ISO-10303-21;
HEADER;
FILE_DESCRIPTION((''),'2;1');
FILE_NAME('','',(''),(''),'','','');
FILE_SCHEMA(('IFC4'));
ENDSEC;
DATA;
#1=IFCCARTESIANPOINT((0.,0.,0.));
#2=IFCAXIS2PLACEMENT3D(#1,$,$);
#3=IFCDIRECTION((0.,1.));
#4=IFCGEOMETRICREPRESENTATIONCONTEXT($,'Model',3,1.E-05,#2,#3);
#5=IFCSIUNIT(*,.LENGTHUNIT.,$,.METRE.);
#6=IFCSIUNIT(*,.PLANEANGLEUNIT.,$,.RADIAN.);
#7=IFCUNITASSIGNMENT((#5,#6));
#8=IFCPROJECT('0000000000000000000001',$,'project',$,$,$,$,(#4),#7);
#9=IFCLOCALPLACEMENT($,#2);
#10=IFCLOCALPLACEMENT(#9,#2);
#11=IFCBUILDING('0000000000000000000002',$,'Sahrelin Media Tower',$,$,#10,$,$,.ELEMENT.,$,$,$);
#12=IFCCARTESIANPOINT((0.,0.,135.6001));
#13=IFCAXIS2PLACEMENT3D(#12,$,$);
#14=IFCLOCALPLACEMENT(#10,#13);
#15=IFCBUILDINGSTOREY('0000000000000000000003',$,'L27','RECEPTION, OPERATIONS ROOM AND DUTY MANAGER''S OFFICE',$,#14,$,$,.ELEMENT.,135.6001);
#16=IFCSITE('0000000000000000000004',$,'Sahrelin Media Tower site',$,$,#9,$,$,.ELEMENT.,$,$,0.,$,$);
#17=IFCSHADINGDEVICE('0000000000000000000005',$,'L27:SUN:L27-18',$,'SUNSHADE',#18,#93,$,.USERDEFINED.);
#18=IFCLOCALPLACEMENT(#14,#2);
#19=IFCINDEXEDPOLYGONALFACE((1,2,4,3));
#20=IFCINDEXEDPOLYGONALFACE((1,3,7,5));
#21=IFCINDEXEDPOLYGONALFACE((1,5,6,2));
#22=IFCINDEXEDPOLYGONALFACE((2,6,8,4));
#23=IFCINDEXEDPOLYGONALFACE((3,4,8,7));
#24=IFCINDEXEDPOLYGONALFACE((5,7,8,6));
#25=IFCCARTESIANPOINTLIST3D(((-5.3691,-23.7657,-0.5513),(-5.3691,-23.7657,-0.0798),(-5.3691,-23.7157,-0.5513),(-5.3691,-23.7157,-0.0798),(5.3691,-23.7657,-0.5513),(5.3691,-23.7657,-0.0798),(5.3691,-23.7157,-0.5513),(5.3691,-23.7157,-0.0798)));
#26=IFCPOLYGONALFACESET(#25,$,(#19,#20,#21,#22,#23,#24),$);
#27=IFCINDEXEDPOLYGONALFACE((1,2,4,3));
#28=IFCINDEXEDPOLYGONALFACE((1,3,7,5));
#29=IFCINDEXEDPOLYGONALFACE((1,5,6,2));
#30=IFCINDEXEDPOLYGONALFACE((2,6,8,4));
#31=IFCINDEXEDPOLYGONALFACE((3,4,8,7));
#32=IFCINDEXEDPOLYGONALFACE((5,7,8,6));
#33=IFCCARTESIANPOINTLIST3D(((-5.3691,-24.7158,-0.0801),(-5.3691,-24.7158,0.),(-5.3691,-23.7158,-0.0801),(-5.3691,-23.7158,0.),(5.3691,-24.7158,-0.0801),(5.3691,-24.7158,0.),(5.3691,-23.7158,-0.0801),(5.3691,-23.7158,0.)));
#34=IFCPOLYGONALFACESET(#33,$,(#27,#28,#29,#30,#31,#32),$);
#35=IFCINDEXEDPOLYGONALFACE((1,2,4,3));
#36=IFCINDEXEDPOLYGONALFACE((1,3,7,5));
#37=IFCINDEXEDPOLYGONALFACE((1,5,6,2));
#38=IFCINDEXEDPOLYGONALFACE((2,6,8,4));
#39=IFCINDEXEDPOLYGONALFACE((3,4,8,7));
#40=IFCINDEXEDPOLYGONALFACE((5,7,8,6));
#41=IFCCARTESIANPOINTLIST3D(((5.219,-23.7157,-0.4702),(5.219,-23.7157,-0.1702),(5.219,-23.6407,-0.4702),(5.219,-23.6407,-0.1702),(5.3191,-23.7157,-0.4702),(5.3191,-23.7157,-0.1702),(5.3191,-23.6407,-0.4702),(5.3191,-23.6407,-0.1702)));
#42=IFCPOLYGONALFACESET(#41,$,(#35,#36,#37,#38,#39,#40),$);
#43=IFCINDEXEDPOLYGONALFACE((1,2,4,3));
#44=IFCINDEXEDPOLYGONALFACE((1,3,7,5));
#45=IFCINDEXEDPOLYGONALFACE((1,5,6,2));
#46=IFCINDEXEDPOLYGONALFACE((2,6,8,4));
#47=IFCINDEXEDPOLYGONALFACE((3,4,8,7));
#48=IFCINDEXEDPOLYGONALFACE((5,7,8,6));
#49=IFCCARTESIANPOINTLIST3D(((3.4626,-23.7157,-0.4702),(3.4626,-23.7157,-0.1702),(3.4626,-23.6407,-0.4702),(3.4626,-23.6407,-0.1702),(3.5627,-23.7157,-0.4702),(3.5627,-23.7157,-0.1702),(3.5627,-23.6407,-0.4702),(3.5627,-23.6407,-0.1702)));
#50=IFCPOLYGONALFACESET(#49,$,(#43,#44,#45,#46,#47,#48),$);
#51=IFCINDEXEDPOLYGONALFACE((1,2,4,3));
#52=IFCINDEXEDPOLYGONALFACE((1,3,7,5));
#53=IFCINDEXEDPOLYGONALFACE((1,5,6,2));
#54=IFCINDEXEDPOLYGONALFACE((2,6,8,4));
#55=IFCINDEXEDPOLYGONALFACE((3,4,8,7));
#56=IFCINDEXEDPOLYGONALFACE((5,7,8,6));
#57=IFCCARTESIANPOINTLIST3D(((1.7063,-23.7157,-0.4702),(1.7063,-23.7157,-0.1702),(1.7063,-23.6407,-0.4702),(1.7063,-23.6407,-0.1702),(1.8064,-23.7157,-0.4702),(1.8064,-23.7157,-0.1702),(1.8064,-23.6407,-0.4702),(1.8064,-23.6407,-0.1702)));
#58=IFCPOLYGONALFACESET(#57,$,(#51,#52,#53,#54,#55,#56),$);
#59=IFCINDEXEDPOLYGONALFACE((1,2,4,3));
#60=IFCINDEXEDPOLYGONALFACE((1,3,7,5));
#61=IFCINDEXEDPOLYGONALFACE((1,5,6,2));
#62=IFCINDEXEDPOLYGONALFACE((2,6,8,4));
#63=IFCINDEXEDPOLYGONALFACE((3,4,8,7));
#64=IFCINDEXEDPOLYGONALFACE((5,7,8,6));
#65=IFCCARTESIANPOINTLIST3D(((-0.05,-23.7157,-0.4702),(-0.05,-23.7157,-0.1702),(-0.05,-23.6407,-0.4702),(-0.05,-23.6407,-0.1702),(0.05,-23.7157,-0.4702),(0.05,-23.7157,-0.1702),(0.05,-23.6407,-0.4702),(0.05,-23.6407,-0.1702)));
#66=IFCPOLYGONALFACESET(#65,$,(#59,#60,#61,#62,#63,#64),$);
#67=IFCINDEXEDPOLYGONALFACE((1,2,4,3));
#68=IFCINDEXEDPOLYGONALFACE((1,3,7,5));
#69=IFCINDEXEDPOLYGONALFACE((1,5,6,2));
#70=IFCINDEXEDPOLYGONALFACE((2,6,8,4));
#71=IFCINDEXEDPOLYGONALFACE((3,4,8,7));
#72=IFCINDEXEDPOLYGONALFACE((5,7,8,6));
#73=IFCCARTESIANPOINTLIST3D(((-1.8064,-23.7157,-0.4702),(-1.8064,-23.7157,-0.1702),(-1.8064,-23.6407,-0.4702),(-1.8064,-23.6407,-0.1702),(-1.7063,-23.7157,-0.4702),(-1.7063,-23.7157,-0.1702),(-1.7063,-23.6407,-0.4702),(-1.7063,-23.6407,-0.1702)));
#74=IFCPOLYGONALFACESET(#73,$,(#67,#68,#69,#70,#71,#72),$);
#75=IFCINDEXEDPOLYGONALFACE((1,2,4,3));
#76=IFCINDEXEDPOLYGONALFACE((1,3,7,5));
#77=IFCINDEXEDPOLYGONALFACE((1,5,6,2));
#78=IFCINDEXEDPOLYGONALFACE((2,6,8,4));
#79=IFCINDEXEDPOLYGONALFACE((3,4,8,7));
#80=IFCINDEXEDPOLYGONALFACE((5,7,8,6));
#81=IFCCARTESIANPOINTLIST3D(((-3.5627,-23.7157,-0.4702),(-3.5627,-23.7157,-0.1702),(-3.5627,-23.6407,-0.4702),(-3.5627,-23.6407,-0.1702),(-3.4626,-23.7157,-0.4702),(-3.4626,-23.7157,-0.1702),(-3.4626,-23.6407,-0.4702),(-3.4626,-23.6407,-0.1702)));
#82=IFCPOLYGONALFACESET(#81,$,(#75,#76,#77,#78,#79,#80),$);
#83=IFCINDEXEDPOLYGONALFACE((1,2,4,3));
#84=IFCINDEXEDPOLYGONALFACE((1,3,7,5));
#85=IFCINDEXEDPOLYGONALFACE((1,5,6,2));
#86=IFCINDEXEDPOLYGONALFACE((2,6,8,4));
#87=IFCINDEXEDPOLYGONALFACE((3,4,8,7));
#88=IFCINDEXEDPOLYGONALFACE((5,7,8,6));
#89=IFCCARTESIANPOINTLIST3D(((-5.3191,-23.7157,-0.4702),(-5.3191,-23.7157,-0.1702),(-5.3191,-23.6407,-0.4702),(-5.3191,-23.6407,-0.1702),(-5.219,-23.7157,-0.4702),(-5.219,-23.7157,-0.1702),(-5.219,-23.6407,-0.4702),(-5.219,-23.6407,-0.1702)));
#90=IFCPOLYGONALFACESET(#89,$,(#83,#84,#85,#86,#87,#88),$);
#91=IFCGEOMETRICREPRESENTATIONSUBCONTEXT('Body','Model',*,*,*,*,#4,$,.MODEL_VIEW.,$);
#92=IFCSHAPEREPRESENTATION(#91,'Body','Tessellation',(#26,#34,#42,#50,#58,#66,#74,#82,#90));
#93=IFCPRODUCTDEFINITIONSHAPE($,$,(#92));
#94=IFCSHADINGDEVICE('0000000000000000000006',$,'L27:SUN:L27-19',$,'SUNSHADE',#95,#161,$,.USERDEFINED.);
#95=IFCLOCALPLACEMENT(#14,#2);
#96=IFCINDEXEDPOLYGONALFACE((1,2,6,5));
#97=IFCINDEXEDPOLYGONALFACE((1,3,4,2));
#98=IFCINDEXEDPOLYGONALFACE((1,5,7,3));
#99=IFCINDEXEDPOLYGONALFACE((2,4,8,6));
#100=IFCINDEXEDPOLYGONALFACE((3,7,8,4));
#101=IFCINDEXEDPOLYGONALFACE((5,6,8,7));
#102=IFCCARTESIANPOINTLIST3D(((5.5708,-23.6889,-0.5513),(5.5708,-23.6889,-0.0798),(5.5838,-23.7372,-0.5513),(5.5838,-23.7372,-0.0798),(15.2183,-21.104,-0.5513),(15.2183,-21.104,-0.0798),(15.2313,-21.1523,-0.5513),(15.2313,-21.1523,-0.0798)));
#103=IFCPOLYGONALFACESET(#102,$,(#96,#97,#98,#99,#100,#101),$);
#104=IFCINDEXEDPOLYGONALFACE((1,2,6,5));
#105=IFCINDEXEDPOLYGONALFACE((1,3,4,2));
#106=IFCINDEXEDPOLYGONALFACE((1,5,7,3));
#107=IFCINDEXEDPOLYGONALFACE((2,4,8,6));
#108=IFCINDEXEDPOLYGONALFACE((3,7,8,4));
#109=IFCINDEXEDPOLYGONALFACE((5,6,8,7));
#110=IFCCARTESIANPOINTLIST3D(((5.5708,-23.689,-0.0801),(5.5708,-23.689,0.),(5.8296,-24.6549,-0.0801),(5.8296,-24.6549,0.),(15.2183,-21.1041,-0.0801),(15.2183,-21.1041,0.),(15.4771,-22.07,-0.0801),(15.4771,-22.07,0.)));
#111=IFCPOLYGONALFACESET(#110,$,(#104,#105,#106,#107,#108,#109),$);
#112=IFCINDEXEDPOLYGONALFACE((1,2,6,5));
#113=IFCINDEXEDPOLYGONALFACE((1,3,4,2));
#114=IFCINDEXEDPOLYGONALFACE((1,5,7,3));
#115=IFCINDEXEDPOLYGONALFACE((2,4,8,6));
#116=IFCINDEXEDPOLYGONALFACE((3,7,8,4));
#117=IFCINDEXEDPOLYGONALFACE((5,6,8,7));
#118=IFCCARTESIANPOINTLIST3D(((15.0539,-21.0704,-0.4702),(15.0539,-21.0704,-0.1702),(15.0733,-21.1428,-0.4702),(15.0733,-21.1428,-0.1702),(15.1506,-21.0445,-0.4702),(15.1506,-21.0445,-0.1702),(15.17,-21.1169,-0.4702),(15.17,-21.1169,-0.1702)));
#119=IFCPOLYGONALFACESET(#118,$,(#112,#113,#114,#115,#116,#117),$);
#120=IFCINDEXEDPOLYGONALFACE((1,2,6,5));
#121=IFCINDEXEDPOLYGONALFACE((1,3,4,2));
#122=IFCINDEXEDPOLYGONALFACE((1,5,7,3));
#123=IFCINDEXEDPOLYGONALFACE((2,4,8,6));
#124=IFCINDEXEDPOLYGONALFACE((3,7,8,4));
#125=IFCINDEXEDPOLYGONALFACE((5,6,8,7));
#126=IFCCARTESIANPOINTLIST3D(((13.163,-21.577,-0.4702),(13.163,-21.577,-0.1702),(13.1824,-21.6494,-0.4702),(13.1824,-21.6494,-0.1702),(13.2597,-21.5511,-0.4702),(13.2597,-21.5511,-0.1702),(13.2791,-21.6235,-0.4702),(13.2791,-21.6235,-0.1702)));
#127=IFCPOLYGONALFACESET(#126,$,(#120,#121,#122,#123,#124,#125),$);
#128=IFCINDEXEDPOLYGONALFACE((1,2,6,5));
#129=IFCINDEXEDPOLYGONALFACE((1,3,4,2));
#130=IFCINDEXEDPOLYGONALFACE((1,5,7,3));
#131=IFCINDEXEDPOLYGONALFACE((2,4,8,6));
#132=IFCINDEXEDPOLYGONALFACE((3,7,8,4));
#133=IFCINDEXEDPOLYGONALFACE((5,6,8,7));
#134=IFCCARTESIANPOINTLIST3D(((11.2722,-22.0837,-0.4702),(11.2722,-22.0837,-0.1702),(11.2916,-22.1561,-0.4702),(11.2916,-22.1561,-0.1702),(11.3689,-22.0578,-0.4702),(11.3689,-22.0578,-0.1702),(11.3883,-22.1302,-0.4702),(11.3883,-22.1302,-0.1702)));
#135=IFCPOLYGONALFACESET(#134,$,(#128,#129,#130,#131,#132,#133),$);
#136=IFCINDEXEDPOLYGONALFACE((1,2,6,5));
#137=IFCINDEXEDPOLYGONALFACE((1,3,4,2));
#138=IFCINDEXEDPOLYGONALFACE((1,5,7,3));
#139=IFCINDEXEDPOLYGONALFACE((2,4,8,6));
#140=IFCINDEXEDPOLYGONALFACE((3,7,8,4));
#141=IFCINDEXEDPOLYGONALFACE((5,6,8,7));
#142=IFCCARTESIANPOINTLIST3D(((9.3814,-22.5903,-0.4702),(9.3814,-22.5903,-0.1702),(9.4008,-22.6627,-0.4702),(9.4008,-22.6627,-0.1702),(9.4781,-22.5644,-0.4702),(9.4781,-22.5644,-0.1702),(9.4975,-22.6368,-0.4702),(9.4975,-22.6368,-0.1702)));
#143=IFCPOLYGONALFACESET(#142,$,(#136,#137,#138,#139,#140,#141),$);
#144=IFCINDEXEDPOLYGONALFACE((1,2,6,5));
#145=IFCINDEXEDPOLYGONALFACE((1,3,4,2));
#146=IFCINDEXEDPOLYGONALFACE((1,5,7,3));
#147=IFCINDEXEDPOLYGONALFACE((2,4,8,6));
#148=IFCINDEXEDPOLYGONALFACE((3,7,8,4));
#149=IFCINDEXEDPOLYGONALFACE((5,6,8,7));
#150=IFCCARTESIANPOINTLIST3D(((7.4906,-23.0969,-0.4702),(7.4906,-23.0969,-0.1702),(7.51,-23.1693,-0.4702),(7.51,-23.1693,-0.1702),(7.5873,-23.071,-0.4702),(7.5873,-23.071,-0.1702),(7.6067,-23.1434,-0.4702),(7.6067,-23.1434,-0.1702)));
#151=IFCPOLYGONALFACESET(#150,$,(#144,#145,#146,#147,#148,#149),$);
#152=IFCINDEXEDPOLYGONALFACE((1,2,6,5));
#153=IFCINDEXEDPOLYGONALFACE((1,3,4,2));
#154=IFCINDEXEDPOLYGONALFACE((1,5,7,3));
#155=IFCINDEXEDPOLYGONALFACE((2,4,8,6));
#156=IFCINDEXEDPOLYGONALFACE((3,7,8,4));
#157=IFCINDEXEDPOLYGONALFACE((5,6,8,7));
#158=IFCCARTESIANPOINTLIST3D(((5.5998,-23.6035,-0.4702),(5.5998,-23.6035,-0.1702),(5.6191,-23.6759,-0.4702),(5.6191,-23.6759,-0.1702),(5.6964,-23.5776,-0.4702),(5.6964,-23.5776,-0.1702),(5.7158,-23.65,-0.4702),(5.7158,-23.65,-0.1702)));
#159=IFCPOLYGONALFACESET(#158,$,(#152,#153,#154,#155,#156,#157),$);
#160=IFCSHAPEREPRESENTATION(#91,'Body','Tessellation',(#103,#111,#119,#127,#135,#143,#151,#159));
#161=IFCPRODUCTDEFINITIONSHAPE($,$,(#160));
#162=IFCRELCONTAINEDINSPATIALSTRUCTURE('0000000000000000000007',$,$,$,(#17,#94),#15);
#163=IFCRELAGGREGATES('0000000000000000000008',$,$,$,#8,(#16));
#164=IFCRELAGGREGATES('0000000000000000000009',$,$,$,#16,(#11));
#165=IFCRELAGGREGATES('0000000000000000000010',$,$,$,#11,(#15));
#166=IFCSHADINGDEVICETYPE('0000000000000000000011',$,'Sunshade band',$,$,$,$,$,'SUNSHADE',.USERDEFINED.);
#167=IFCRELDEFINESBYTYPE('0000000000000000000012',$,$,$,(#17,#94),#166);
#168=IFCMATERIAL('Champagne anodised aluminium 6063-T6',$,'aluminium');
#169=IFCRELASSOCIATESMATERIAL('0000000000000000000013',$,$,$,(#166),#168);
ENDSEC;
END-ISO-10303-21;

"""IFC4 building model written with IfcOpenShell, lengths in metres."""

from ifc_helpers import new_model, si_unit, direction, frame, origin, origin_2d, place, context, subcontext, project, spatial, rectangle, extrude, material, type_object, element, save


model = new_model("IFC4")

# Units and contexts
model_context = context("Model", 3, precision=1e-05, world=origin(), true_north=direction((0.0, 1.0)))
body_context = subcontext(model_context, "Body", "Model", "MODEL_VIEW")
ifc_project = project(units=[si_unit("LENGTHUNIT", "METRE"), si_unit("PLANEANGLEUNIT", "RADIAN")], contexts=[model_context])

# Site, building, storey
site_placement = place(None, origin())
site = spatial("IfcSite", under=ifc_project, at=site_placement, Name="Sahrelin Media Tower site", CompositionType="ELEMENT", RefElevation=0.0)
building_placement = place(site_placement, origin())
building = spatial("IfcBuilding", under=site, at=building_placement, Name="Sahrelin Media Tower", CompositionType="ELEMENT")
storey_placement = place(building_placement, frame((0.0, 0.0, 135.6001)))
storey = spatial("IfcBuildingStorey", under=building, at=storey_placement, Name="L27", Description="RECEPTION, OPERATIONS ROOM AND DUTY MANAGER'S OFFICE", CompositionType="ELEMENT", Elevation=135.6001)

# Shared definitions
ifc_material_1 = material(Name="Champagne anodised aluminium 6063-T6", Category="aluminium")

# Shading devices
placement_1 = place(storey_placement, frame((0.0, -23.6958, 0.0), z_axis=(0.0, 0.0, 1.0), x_axis=(-1.0, 0.0, 0.0)))
placement_2 = place(storey_placement, frame((10.3894, -22.3772, 0.0), z_axis=(0.0, 0.0, 1.0), x_axis=(-0.965929, -0.258808, 0.0)))
shading_device_type_1 = type_object("IfcShadingDeviceType", Name="Sunshade band", ElementType="SUNSHADE", PredefinedType="USERDEFINED", material=ifc_material_1)
element("IfcShadingDevice", 1, at=placement_1, inside=storey, type_object=shading_device_type_1, Name="L27:SUN:L27-18", ObjectType="SUNSHADE", PredefinedType="USERDEFINED", context=body_context, shape_type="SweptSolid", body=[
    extrude(rectangle(XDim=10.7383, YDim=0.05, at=origin_2d()), frame((0.0, 0.0449, -0.5513)), (0.0, 0.0, 1.0), 0.4714),
    extrude(rectangle(XDim=10.7383, YDim=1.0, at=origin_2d()), frame((0.0, 0.52, -0.0801)), (0.0, 0.0, 1.0), 0.0801),
    extrude(rectangle(XDim=0.1001, YDim=0.075, at=origin_2d()), frame((-5.269, -0.0176, -0.4702)), (0.0, 0.0, 1.0), 0.3),
    extrude(rectangle(XDim=0.1001, YDim=0.075, at=origin_2d()), frame((-3.5127, -0.0176, -0.4702)), (0.0, 0.0, 1.0), 0.3),
    extrude(rectangle(XDim=0.1001, YDim=0.075, at=origin_2d()), frame((-1.7563, -0.0176, -0.4702)), (0.0, 0.0, 1.0), 0.3),
    extrude(rectangle(XDim=0.1001, YDim=0.075, at=origin_2d()), frame((0.0, -0.0176, -0.4702)), (0.0, 0.0, 1.0), 0.3),
    extrude(rectangle(XDim=0.1001, YDim=0.075, at=origin_2d()), frame((1.7563, -0.0176, -0.4702)), (0.0, 0.0, 1.0), 0.3),
    extrude(rectangle(XDim=0.1001, YDim=0.075, at=origin_2d()), frame((3.5127, -0.0176, -0.4702)), (0.0, 0.0, 1.0), 0.3),
    extrude(rectangle(XDim=0.1001, YDim=0.075, at=origin_2d()), frame((5.269, -0.0176, -0.4702)), (0.0, 0.0, 1.0), 0.3),
])
element("IfcShadingDevice", 2, at=placement_2, inside=storey, type_object=shading_device_type_1, Name="L27:SUN:L27-19", ObjectType="SUNSHADE", PredefinedType="USERDEFINED", context=body_context, shape_type="SweptSolid", body=[
    extrude(rectangle(XDim=9.9878, YDim=0.05, at=origin_2d()), frame((0.0, 0.0449, -0.5513)), (0.0, 0.0, 1.0), 0.4714),
    extrude(rectangle(XDim=9.9878, YDim=1.0, at=origin_2d()), frame((0.0, 0.52, -0.0801)), (0.0, 0.0, 1.0), 0.0801),
    extrude(rectangle(XDim=0.1001, YDim=0.075, at=origin_2d()), frame((-4.8938, -0.0176, -0.4702)), (0.0, 0.0, 1.0), 0.3),
    extrude(rectangle(XDim=0.1001, YDim=0.075, at=origin_2d()), frame((-2.9363, -0.0176, -0.4702)), (0.0, 0.0, 1.0), 0.3),
    extrude(rectangle(XDim=0.1001, YDim=0.075, at=origin_2d()), frame((-0.9788, -0.0176, -0.4702)), (0.0, 0.0, 1.0), 0.3),
    extrude(rectangle(XDim=0.1001, YDim=0.075, at=origin_2d()), frame((0.9788, -0.0176, -0.4702)), (0.0, 0.0, 1.0), 0.3),
    extrude(rectangle(XDim=0.1001, YDim=0.075, at=origin_2d()), frame((2.9363, -0.0176, -0.4702)), (0.0, 0.0, 1.0), 0.3),
    extrude(rectangle(XDim=0.1001, YDim=0.075, at=origin_2d()), frame((4.8938, -0.0176, -0.4702)), (0.0, 0.0, 1.0), 0.3),
])

save(model, "model.ifc")
